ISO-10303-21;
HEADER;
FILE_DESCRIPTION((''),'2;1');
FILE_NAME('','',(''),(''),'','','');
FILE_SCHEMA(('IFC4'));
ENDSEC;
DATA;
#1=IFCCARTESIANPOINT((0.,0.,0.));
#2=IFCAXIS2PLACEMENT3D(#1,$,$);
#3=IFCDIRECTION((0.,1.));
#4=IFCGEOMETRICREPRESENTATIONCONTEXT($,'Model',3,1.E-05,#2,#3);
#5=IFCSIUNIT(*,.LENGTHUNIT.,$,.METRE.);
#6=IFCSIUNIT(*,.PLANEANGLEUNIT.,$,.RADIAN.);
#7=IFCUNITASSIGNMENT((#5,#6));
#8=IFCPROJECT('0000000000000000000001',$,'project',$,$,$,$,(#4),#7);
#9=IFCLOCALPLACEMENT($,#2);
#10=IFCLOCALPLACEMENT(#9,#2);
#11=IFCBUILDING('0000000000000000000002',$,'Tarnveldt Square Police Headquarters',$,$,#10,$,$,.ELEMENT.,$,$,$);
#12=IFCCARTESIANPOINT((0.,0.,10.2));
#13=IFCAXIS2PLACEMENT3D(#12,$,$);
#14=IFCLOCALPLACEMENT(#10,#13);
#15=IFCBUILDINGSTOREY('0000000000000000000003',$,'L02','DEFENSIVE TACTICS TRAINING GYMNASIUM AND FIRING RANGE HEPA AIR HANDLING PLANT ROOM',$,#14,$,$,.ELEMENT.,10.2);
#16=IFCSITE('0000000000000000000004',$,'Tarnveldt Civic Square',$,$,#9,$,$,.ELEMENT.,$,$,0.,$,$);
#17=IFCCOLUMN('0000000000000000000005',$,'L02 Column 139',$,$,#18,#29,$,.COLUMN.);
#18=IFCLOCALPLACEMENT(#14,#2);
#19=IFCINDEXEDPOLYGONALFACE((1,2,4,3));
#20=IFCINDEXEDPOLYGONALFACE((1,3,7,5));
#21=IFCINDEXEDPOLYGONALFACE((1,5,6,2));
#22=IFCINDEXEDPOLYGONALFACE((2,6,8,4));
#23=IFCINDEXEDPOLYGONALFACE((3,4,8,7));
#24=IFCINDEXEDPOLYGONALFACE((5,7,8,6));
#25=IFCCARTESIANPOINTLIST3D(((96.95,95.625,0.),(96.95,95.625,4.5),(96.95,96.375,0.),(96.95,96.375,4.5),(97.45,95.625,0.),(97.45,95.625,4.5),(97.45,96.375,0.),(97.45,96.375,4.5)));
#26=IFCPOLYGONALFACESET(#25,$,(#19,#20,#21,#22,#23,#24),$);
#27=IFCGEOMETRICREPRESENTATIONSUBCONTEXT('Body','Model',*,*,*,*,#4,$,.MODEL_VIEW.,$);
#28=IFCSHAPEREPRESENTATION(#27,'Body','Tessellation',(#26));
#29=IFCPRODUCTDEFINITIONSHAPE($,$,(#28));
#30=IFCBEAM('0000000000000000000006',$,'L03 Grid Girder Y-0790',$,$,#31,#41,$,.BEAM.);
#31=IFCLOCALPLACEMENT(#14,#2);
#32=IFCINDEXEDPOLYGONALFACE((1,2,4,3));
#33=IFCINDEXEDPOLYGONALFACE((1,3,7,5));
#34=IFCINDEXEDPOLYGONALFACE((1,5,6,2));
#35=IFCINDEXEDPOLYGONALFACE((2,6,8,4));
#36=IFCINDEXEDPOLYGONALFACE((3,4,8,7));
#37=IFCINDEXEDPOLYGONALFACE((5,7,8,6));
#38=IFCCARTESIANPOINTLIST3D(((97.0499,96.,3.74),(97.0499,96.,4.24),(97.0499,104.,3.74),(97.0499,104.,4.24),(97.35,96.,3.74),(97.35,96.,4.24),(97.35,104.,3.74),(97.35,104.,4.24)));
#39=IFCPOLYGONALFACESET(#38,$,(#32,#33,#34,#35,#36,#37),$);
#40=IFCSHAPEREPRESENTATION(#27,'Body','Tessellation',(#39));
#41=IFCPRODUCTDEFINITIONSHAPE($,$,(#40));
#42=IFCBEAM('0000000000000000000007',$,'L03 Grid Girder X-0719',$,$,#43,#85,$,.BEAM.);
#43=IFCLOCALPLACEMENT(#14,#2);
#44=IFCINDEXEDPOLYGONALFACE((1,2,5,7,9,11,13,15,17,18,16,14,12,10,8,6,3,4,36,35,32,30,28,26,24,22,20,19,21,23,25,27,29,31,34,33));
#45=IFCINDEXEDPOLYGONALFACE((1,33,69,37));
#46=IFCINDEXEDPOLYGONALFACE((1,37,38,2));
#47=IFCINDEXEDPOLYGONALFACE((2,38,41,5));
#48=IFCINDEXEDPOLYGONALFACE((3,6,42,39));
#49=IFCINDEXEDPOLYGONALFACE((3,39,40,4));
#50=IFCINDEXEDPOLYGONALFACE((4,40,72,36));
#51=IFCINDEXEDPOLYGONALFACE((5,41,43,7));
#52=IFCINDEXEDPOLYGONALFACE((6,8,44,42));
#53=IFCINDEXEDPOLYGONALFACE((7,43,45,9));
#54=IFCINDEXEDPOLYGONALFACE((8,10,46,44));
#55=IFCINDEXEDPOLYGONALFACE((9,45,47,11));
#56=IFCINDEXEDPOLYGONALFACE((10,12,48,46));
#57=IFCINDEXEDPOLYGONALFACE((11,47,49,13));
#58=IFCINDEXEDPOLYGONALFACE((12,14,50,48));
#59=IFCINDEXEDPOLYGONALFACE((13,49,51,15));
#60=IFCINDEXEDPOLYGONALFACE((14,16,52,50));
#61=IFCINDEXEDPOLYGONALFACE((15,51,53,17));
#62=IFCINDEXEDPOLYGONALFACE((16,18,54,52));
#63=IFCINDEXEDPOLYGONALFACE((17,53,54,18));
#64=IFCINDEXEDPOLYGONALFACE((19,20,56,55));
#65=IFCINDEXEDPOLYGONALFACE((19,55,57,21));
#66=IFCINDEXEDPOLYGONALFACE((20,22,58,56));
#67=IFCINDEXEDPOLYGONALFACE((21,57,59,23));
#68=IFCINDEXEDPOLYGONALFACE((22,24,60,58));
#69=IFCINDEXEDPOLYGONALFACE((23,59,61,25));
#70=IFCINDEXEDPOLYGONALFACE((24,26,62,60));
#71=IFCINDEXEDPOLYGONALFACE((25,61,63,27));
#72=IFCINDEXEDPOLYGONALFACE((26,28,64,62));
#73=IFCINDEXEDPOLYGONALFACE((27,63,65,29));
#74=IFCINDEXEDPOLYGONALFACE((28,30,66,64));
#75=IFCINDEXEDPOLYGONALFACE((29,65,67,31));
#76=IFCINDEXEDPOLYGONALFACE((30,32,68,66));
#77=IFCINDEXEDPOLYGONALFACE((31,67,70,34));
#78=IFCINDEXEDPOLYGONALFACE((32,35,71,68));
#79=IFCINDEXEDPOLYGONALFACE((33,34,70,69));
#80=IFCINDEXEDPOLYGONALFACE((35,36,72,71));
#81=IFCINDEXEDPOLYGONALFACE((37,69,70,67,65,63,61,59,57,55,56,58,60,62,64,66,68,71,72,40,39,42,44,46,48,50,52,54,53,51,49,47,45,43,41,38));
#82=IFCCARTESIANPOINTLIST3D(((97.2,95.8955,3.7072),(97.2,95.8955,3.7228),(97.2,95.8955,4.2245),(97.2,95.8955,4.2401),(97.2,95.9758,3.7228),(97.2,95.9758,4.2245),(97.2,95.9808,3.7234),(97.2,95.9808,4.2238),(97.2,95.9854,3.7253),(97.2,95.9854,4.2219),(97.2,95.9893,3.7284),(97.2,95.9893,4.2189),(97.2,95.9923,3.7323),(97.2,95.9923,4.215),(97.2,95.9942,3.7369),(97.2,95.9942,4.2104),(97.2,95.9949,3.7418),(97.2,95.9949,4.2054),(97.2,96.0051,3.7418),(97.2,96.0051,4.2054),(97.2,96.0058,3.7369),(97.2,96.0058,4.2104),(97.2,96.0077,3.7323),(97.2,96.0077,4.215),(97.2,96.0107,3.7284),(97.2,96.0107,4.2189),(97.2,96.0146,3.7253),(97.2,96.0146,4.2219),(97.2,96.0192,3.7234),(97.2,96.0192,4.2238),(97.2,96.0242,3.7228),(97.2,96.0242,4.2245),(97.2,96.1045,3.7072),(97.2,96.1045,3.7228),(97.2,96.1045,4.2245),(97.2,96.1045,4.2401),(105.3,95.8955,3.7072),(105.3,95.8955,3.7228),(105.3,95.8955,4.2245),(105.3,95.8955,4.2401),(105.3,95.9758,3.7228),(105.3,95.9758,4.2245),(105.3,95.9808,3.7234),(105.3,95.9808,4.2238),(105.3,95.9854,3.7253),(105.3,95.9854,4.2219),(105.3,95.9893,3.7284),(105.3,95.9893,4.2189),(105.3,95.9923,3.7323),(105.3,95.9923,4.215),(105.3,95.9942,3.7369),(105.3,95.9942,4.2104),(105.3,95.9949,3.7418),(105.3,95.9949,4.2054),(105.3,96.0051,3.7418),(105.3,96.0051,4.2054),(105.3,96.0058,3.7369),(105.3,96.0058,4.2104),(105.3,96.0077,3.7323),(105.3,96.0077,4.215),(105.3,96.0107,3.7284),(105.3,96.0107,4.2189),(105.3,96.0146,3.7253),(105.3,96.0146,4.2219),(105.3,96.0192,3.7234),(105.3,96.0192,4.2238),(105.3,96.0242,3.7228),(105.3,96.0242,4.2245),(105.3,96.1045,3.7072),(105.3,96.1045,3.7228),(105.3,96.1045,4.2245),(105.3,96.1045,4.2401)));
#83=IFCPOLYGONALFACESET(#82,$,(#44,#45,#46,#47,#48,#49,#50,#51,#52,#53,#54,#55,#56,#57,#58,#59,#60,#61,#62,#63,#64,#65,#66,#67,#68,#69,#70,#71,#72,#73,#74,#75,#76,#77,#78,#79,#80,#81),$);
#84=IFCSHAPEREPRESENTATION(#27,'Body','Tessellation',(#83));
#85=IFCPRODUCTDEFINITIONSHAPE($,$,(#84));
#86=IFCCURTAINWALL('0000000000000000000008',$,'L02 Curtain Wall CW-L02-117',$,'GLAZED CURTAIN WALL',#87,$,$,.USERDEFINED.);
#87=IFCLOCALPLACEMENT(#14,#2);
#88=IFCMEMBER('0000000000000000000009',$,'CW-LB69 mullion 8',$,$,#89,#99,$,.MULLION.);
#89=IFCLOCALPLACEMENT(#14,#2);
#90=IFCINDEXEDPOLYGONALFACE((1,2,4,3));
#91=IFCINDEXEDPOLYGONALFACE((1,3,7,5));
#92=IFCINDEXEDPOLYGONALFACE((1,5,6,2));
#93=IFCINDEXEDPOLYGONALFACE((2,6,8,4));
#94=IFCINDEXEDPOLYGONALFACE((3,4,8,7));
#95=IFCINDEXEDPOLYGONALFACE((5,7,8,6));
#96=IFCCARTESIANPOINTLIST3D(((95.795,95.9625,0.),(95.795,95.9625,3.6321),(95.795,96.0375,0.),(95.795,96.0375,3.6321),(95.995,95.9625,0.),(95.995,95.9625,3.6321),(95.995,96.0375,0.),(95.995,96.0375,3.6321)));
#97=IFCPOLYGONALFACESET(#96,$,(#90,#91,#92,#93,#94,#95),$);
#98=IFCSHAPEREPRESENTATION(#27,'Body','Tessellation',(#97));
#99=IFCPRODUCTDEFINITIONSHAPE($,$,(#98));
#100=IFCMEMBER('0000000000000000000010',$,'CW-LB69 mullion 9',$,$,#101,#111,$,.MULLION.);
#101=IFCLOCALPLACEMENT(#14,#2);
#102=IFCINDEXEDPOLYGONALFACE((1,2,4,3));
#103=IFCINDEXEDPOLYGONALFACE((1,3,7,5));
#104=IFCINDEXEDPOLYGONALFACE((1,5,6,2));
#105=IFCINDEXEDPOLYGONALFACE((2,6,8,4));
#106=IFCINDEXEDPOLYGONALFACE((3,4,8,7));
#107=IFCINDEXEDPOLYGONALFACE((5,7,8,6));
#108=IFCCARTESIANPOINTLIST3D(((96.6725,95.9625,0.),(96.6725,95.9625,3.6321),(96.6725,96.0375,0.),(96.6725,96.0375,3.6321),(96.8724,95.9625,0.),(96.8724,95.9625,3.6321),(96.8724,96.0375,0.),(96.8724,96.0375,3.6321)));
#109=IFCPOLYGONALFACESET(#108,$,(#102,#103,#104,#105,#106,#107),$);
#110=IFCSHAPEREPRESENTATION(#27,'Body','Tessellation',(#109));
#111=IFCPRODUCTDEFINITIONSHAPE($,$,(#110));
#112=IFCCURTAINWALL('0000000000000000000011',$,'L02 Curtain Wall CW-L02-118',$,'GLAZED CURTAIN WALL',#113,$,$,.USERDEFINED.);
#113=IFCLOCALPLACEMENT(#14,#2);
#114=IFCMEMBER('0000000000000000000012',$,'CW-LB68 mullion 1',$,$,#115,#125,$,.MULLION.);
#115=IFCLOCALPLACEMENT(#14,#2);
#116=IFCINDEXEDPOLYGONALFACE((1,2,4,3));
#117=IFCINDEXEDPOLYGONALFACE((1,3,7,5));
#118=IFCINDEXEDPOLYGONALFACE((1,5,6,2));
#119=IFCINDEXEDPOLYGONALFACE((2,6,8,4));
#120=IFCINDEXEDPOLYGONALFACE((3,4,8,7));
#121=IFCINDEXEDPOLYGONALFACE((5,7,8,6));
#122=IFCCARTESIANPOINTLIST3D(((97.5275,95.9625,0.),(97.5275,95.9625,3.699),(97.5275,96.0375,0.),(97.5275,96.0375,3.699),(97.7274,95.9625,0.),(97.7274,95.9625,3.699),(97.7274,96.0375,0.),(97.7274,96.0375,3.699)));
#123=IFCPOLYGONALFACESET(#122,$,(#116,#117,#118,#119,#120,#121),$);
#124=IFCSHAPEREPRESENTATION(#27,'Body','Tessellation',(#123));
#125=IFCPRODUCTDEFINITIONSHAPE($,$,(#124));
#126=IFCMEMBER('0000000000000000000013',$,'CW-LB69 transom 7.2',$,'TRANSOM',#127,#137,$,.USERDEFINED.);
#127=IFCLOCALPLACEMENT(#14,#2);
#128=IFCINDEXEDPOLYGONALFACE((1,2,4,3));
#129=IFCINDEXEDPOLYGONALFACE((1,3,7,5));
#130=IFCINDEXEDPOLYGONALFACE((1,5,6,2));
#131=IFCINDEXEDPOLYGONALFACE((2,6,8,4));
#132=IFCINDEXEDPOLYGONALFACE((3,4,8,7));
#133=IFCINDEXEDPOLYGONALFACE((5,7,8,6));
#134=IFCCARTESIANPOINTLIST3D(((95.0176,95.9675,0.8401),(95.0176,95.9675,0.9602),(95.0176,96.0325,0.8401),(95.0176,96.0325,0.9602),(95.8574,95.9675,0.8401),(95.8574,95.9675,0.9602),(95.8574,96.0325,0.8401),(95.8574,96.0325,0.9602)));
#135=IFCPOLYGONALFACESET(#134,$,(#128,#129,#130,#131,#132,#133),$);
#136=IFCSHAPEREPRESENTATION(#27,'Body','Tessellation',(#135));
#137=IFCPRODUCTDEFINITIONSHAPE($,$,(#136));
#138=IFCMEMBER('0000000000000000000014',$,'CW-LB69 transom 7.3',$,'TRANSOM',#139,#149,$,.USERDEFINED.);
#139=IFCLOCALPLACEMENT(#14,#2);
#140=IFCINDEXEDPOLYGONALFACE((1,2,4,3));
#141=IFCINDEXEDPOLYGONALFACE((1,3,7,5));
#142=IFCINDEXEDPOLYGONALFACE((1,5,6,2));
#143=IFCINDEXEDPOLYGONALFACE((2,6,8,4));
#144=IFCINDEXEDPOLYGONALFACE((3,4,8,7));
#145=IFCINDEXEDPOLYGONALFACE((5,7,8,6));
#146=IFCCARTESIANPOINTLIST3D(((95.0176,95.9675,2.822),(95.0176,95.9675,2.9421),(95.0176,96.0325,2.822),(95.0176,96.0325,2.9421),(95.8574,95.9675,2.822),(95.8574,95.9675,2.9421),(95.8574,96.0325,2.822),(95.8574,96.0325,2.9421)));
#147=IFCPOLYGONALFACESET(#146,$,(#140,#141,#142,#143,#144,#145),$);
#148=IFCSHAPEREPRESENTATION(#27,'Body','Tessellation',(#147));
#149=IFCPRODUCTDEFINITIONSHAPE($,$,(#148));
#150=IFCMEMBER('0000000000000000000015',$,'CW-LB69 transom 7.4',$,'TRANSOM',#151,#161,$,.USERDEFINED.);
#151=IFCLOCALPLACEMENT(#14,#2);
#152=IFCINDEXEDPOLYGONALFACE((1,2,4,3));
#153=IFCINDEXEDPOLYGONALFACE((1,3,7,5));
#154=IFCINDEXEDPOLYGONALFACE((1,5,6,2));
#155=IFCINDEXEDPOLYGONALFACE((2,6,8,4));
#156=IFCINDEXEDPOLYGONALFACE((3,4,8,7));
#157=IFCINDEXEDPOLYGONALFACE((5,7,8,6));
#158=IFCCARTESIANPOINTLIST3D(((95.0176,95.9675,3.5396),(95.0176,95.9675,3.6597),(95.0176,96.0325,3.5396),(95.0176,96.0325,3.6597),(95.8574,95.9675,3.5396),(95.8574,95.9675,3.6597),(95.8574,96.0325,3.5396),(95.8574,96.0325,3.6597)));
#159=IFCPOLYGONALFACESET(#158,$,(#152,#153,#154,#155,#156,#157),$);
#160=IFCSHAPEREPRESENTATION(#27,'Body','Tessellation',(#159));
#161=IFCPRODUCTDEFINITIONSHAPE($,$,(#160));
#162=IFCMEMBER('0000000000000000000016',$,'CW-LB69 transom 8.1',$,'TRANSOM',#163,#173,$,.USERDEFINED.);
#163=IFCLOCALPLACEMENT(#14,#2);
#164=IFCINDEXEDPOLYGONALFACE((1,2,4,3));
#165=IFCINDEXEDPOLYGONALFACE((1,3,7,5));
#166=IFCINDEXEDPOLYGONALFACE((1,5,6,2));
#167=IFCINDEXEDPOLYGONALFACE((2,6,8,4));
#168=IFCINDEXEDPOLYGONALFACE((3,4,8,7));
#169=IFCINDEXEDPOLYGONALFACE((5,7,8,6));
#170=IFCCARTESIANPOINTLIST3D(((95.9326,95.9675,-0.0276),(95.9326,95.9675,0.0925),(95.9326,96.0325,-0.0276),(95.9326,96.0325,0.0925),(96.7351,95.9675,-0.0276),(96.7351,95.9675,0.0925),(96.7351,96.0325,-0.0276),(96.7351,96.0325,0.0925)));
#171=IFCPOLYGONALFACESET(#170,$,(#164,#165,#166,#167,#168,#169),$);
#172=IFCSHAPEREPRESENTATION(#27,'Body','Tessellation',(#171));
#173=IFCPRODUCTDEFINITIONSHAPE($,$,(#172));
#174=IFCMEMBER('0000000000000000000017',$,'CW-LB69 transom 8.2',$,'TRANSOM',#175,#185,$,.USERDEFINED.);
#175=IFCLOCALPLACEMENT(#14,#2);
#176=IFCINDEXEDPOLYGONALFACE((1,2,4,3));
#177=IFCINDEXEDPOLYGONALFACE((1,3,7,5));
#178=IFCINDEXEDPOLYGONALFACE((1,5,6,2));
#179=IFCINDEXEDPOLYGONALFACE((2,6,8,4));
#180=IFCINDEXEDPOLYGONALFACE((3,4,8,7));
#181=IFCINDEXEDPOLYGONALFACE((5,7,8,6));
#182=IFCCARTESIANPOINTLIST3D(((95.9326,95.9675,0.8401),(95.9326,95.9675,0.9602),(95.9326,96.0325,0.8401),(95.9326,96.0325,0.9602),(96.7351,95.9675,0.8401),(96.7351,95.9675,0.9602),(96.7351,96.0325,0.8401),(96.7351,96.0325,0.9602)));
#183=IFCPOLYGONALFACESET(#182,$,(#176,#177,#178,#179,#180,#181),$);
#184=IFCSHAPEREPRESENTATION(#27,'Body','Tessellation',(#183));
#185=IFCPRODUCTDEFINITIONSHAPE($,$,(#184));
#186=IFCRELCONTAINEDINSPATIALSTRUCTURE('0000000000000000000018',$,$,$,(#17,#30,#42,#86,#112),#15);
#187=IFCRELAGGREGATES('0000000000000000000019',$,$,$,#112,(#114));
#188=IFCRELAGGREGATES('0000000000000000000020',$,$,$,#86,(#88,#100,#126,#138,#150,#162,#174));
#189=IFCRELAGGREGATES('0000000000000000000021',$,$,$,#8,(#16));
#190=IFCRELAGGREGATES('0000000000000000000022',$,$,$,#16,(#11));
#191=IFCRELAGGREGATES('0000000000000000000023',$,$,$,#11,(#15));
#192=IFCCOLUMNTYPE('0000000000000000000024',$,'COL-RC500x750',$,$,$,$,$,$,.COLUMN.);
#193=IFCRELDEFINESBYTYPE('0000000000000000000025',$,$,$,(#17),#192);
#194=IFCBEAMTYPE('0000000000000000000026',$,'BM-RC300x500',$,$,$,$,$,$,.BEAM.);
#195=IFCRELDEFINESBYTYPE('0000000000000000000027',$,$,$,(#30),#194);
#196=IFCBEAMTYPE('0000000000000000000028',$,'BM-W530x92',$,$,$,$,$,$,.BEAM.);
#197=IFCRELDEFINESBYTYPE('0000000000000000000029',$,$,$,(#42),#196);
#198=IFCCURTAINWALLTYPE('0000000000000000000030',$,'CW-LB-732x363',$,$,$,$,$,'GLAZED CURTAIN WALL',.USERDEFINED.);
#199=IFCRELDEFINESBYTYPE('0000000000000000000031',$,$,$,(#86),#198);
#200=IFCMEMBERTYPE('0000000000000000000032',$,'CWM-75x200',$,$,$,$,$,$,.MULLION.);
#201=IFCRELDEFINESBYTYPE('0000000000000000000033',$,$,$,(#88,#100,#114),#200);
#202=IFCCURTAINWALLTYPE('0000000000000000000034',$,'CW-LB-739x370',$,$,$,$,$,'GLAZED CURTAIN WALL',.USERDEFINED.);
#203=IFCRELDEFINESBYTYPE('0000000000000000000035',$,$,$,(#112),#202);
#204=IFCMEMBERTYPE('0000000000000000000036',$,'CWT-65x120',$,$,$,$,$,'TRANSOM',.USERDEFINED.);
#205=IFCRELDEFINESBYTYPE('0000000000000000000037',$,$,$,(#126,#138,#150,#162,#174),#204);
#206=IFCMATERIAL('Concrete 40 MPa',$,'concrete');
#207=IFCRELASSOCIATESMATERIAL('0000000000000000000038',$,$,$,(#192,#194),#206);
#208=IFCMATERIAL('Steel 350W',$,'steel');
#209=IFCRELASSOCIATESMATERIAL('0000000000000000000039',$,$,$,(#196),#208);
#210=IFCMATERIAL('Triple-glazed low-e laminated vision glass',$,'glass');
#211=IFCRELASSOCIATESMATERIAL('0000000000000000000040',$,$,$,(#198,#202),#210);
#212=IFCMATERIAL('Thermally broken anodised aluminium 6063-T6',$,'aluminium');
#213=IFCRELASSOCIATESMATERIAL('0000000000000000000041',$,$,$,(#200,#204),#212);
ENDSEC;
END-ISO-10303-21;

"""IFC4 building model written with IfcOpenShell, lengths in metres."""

from ifc_helpers import new_model, si_unit, direction, frame, origin, origin_2d, place, context, subcontext, project, spatial, rectangle, i_section, extrude, material, material_profile, profile_set, type_object, element, aggregate, save


model = new_model("IFC4")

# Units and contexts
model_context = context("Model", 3, precision=1e-05, world=origin(), true_north=direction((0.0, 1.0)))
body_context = subcontext(model_context, "Body", "Model", "MODEL_VIEW")
ifc_project = project(units=[si_unit("LENGTHUNIT", "METRE"), si_unit("PLANEANGLEUNIT", "RADIAN")], contexts=[model_context])

# Site, building, storey
site_placement = place(None, origin())
site = spatial("IfcSite", under=ifc_project, at=site_placement, Name="Tarnveldt Civic Square", CompositionType="ELEMENT", RefElevation=0.0)
building_placement = place(site_placement, origin())
building = spatial("IfcBuilding", under=site, at=building_placement, Name="Tarnveldt Square Police Headquarters", CompositionType="ELEMENT")
storey_placement = place(building_placement, frame((0.0, 0.0, 10.2)))
storey = spatial("IfcBuildingStorey", under=building, at=storey_placement, Name="L02", Description="DEFENSIVE TACTICS TRAINING GYMNASIUM AND FIRING RANGE HEPA AIR HANDLING PLANT ROOM", CompositionType="ELEMENT", Elevation=10.2)

# Column
ifc_material_1 = material(Name="Concrete 40 MPa", Category="concrete")
ifc_material_profile_1 = material_profile(ifc_material_1, rectangle(XDim=0.5, YDim=0.75, at=origin_2d()), Name="RC-C500x750")
ifc_profile_set_1 = profile_set([ifc_material_profile_1], Name="Concrete 40 MPa")
column_type = type_object("IfcColumnType", Name="COL-RC500x750", PredefinedType="COLUMN", material=ifc_profile_set_1)
column_placement = place(storey_placement, frame((97.2, 96.0, 0.0), z_axis=(0.0, 0.0, 1.0), x_axis=(1.0, 0.0, 0.0)))
element("IfcColumn", 1, at=column_placement, inside=storey, type_object=column_type, Name="L02 Column 139", PredefinedType="COLUMN", context=body_context, shape_type="SweptSolid", body=[
    extrude(rectangle(XDim=0.5, YDim=0.75, at=origin_2d()), origin(), (0.0, 0.0, 1.0), 4.5),
])

# Beams
ifc_material_profile_2 = material_profile(ifc_material_1, rectangle(XDim=0.3, YDim=0.5, at=origin_2d()), Name="RC-B300x500")
ifc_profile_set_2 = profile_set([ifc_material_profile_2], Name="Concrete 40 MPa")
beam_type_1 = type_object("IfcBeamType", Name="BM-RC300x500", PredefinedType="BEAM", material=ifc_profile_set_2)
beam_1_placement = place(storey_placement, frame((97.2, 96.0, 3.99), z_axis=(0.0, 1.0, 0.0), x_axis=(-1.0, 0.0, 0.0)))
element("IfcBeam", 2, at=beam_1_placement, inside=storey, type_object=beam_type_1, Name="L03 Grid Girder Y-0790", PredefinedType="BEAM", context=body_context, shape_type="SweptSolid", body=[
    extrude(rectangle(XDim=0.3, YDim=0.5, at=origin_2d()), origin(), (0.0, 0.0, 1.0), 8.0),
])
ifc_material_2 = material(Name="Steel 350W", Category="steel")
ifc_material_profile_3 = material_profile(ifc_material_2, i_section(OverallWidth=0.209, OverallDepth=0.533, WebThickness=0.0103, FlangeThickness=0.0156, FilletRadius=0.019, at=origin_2d()), Name="W530x92")
ifc_profile_set_3 = profile_set([ifc_material_profile_3], Name="Steel 350W")
beam_type_2 = type_object("IfcBeamType", Name="BM-W530x92", PredefinedType="BEAM", material=ifc_profile_set_3)
beam_2_placement = place(storey_placement, frame((97.2, 96.0, 3.9736), z_axis=(1.0, 0.0, 0.0), x_axis=(0.0, 1.0, 0.0)))
element("IfcBeam", 3, at=beam_2_placement, inside=storey, type_object=beam_type_2, Name="L03 Grid Girder X-0719", PredefinedType="BEAM", context=body_context, shape_type="SweptSolid", body=[
    extrude(i_section(OverallWidth=0.209, OverallDepth=0.533, WebThickness=0.0103, FlangeThickness=0.0156, FilletRadius=0.019, at=origin_2d()), origin(), (0.0, 0.0, 1.0), 8.1001),
])

# Curtain wall, members
ifc_material_3 = material(Name="Triple-glazed low-e laminated vision glass", Category="glass")
curtain_wall_type_1 = type_object("IfcCurtainWallType", Name="CW-LB-732x363", ElementType="GLAZED CURTAIN WALL", PredefinedType="USERDEFINED", material=ifc_material_3)
curtain_wall_1_placement = place(storey_placement, origin())
curtain_wall_1 = element("IfcCurtainWall", 4, at=curtain_wall_1_placement, inside=storey, type_object=curtain_wall_type_1, Name="L02 Curtain Wall CW-L02-117", ObjectType="GLAZED CURTAIN WALL", PredefinedType="USERDEFINED")
ifc_material_4 = material(Name="Thermally broken anodised aluminium 6063-T6", Category="aluminium")
ifc_material_profile_4 = material_profile(ifc_material_4, rectangle(XDim=0.075, YDim=0.2, at=origin_2d()), Name="CW-M75x200")
ifc_profile_set_4 = profile_set([ifc_material_profile_4], Name="Thermally broken anodised aluminium 6063-T6")
member_type_1 = type_object("IfcMemberType", Name="CWM-75x200", PredefinedType="MULLION", material=ifc_profile_set_4)
member_1_placement = place(storey_placement, frame((95.895, 96.0, 0.0), z_axis=(0.0, 0.0, 1.0), x_axis=(0.0, 1.0, 0.0)))
member_1 = element("IfcMember", 5, at=member_1_placement, type_object=member_type_1, Name="CW-LB69 mullion 8", PredefinedType="MULLION", context=body_context, shape_type="SweptSolid", body=[
    extrude(rectangle(XDim=0.075, YDim=0.2, at=origin_2d()), origin(), (0.0, 0.0, 1.0), 3.6321),
])
member_2_placement = place(storey_placement, frame((96.7725, 96.0, 0.0), z_axis=(0.0, 0.0, 1.0), x_axis=(0.0, 1.0, 0.0)))
member_2 = element("IfcMember", 6, at=member_2_placement, type_object=member_type_1, Name="CW-LB69 mullion 9", PredefinedType="MULLION", context=body_context, shape_type="SweptSolid", body=[
    extrude(rectangle(XDim=0.075, YDim=0.2, at=origin_2d()), origin(), (0.0, 0.0, 1.0), 3.6321),
])

# Curtain wall, member
curtain_wall_type_2 = type_object("IfcCurtainWallType", Name="CW-LB-739x370", ElementType="GLAZED CURTAIN WALL", PredefinedType="USERDEFINED", material=ifc_material_3)
curtain_wall_2_placement = place(storey_placement, origin())
curtain_wall_2 = element("IfcCurtainWall", 7, at=curtain_wall_2_placement, inside=storey, type_object=curtain_wall_type_2, Name="L02 Curtain Wall CW-L02-118", ObjectType="GLAZED CURTAIN WALL", PredefinedType="USERDEFINED")
member_3_placement = place(storey_placement, frame((97.6274, 96.0, 0.0), z_axis=(0.0, 0.0, 1.0), x_axis=(0.0, 1.0, 0.0)))
member_3 = element("IfcMember", 8, at=member_3_placement, type_object=member_type_1, Name="CW-LB68 mullion 1", PredefinedType="MULLION", context=body_context, shape_type="SweptSolid", body=[
    extrude(rectangle(XDim=0.075, YDim=0.2, at=origin_2d()), origin(), (0.0, 0.0, 1.0), 3.699),
])

# Members
ifc_material_profile_5 = material_profile(ifc_material_4, rectangle(XDim=0.0649, YDim=0.1201, at=origin_2d()), Name="CW-T65x120")
ifc_profile_set_5 = profile_set([ifc_material_profile_5], Name="Thermally broken anodised aluminium 6063-T6")
member_type_2 = type_object("IfcMemberType", Name="CWT-65x120", ElementType="TRANSOM", PredefinedType="USERDEFINED", material=ifc_profile_set_5)
member_4_placement = place(storey_placement, frame((95.0176, 96.0, 0.9001), z_axis=(1.0, 0.0, 0.0), x_axis=(0.0, 1.0, 0.0)))
member_4 = element("IfcMember", 9, at=member_4_placement, type_object=member_type_2, Name="CW-LB69 transom 7.2", ObjectType="TRANSOM", PredefinedType="USERDEFINED", context=body_context, shape_type="SweptSolid", body=[
    extrude(rectangle(XDim=0.0649, YDim=0.1201, at=origin_2d()), origin(), (0.0, 0.0, 1.0), 0.8398),
])
member_5_placement = place(storey_placement, frame((95.0176, 96.0, 2.8821), z_axis=(1.0, 0.0, 0.0), x_axis=(0.0, 1.0, 0.0)))
member_5 = element("IfcMember", 10, at=member_5_placement, type_object=member_type_2, Name="CW-LB69 transom 7.3", ObjectType="TRANSOM", PredefinedType="USERDEFINED", context=body_context, shape_type="SweptSolid", body=[
    extrude(rectangle(XDim=0.0649, YDim=0.1201, at=origin_2d()), origin(), (0.0, 0.0, 1.0), 0.8398),
])
member_6_placement = place(storey_placement, frame((95.0176, 96.0, 3.5996), z_axis=(1.0, 0.0, 0.0), x_axis=(0.0, 1.0, 0.0)))
member_6 = element("IfcMember", 11, at=member_6_placement, type_object=member_type_2, Name="CW-LB69 transom 7.4", ObjectType="TRANSOM", PredefinedType="USERDEFINED", context=body_context, shape_type="SweptSolid", body=[
    extrude(rectangle(XDim=0.0649, YDim=0.1201, at=origin_2d()), origin(), (0.0, 0.0, 1.0), 0.8398),
])
member_7_placement = place(storey_placement, frame((95.9326, 96.0, 0.0325), z_axis=(1.0, 0.0, 0.0), x_axis=(0.0, 1.0, 0.0)))
member_7 = element("IfcMember", 12, at=member_7_placement, type_object=member_type_2, Name="CW-LB69 transom 8.1", ObjectType="TRANSOM", PredefinedType="USERDEFINED", context=body_context, shape_type="SweptSolid", body=[
    extrude(rectangle(XDim=0.0649, YDim=0.1201, at=origin_2d()), origin(), (0.0, 0.0, 1.0), 0.8025),
])
member_8_placement = place(storey_placement, frame((95.9326, 96.0, 0.9001), z_axis=(1.0, 0.0, 0.0), x_axis=(0.0, 1.0, 0.0)))
member_8 = element("IfcMember", 13, at=member_8_placement, type_object=member_type_2, Name="CW-LB69 transom 8.2", ObjectType="TRANSOM", PredefinedType="USERDEFINED", context=body_context, shape_type="SweptSolid", body=[
    extrude(rectangle(XDim=0.0649, YDim=0.1201, at=origin_2d()), origin(), (0.0, 0.0, 1.0), 0.8025),
])
aggregate(curtain_wall_2, [member_3])

aggregate(curtain_wall_1, [member_1, member_2, member_4, member_5, member_6, member_7, member_8])

save(model, "model.ifc")
